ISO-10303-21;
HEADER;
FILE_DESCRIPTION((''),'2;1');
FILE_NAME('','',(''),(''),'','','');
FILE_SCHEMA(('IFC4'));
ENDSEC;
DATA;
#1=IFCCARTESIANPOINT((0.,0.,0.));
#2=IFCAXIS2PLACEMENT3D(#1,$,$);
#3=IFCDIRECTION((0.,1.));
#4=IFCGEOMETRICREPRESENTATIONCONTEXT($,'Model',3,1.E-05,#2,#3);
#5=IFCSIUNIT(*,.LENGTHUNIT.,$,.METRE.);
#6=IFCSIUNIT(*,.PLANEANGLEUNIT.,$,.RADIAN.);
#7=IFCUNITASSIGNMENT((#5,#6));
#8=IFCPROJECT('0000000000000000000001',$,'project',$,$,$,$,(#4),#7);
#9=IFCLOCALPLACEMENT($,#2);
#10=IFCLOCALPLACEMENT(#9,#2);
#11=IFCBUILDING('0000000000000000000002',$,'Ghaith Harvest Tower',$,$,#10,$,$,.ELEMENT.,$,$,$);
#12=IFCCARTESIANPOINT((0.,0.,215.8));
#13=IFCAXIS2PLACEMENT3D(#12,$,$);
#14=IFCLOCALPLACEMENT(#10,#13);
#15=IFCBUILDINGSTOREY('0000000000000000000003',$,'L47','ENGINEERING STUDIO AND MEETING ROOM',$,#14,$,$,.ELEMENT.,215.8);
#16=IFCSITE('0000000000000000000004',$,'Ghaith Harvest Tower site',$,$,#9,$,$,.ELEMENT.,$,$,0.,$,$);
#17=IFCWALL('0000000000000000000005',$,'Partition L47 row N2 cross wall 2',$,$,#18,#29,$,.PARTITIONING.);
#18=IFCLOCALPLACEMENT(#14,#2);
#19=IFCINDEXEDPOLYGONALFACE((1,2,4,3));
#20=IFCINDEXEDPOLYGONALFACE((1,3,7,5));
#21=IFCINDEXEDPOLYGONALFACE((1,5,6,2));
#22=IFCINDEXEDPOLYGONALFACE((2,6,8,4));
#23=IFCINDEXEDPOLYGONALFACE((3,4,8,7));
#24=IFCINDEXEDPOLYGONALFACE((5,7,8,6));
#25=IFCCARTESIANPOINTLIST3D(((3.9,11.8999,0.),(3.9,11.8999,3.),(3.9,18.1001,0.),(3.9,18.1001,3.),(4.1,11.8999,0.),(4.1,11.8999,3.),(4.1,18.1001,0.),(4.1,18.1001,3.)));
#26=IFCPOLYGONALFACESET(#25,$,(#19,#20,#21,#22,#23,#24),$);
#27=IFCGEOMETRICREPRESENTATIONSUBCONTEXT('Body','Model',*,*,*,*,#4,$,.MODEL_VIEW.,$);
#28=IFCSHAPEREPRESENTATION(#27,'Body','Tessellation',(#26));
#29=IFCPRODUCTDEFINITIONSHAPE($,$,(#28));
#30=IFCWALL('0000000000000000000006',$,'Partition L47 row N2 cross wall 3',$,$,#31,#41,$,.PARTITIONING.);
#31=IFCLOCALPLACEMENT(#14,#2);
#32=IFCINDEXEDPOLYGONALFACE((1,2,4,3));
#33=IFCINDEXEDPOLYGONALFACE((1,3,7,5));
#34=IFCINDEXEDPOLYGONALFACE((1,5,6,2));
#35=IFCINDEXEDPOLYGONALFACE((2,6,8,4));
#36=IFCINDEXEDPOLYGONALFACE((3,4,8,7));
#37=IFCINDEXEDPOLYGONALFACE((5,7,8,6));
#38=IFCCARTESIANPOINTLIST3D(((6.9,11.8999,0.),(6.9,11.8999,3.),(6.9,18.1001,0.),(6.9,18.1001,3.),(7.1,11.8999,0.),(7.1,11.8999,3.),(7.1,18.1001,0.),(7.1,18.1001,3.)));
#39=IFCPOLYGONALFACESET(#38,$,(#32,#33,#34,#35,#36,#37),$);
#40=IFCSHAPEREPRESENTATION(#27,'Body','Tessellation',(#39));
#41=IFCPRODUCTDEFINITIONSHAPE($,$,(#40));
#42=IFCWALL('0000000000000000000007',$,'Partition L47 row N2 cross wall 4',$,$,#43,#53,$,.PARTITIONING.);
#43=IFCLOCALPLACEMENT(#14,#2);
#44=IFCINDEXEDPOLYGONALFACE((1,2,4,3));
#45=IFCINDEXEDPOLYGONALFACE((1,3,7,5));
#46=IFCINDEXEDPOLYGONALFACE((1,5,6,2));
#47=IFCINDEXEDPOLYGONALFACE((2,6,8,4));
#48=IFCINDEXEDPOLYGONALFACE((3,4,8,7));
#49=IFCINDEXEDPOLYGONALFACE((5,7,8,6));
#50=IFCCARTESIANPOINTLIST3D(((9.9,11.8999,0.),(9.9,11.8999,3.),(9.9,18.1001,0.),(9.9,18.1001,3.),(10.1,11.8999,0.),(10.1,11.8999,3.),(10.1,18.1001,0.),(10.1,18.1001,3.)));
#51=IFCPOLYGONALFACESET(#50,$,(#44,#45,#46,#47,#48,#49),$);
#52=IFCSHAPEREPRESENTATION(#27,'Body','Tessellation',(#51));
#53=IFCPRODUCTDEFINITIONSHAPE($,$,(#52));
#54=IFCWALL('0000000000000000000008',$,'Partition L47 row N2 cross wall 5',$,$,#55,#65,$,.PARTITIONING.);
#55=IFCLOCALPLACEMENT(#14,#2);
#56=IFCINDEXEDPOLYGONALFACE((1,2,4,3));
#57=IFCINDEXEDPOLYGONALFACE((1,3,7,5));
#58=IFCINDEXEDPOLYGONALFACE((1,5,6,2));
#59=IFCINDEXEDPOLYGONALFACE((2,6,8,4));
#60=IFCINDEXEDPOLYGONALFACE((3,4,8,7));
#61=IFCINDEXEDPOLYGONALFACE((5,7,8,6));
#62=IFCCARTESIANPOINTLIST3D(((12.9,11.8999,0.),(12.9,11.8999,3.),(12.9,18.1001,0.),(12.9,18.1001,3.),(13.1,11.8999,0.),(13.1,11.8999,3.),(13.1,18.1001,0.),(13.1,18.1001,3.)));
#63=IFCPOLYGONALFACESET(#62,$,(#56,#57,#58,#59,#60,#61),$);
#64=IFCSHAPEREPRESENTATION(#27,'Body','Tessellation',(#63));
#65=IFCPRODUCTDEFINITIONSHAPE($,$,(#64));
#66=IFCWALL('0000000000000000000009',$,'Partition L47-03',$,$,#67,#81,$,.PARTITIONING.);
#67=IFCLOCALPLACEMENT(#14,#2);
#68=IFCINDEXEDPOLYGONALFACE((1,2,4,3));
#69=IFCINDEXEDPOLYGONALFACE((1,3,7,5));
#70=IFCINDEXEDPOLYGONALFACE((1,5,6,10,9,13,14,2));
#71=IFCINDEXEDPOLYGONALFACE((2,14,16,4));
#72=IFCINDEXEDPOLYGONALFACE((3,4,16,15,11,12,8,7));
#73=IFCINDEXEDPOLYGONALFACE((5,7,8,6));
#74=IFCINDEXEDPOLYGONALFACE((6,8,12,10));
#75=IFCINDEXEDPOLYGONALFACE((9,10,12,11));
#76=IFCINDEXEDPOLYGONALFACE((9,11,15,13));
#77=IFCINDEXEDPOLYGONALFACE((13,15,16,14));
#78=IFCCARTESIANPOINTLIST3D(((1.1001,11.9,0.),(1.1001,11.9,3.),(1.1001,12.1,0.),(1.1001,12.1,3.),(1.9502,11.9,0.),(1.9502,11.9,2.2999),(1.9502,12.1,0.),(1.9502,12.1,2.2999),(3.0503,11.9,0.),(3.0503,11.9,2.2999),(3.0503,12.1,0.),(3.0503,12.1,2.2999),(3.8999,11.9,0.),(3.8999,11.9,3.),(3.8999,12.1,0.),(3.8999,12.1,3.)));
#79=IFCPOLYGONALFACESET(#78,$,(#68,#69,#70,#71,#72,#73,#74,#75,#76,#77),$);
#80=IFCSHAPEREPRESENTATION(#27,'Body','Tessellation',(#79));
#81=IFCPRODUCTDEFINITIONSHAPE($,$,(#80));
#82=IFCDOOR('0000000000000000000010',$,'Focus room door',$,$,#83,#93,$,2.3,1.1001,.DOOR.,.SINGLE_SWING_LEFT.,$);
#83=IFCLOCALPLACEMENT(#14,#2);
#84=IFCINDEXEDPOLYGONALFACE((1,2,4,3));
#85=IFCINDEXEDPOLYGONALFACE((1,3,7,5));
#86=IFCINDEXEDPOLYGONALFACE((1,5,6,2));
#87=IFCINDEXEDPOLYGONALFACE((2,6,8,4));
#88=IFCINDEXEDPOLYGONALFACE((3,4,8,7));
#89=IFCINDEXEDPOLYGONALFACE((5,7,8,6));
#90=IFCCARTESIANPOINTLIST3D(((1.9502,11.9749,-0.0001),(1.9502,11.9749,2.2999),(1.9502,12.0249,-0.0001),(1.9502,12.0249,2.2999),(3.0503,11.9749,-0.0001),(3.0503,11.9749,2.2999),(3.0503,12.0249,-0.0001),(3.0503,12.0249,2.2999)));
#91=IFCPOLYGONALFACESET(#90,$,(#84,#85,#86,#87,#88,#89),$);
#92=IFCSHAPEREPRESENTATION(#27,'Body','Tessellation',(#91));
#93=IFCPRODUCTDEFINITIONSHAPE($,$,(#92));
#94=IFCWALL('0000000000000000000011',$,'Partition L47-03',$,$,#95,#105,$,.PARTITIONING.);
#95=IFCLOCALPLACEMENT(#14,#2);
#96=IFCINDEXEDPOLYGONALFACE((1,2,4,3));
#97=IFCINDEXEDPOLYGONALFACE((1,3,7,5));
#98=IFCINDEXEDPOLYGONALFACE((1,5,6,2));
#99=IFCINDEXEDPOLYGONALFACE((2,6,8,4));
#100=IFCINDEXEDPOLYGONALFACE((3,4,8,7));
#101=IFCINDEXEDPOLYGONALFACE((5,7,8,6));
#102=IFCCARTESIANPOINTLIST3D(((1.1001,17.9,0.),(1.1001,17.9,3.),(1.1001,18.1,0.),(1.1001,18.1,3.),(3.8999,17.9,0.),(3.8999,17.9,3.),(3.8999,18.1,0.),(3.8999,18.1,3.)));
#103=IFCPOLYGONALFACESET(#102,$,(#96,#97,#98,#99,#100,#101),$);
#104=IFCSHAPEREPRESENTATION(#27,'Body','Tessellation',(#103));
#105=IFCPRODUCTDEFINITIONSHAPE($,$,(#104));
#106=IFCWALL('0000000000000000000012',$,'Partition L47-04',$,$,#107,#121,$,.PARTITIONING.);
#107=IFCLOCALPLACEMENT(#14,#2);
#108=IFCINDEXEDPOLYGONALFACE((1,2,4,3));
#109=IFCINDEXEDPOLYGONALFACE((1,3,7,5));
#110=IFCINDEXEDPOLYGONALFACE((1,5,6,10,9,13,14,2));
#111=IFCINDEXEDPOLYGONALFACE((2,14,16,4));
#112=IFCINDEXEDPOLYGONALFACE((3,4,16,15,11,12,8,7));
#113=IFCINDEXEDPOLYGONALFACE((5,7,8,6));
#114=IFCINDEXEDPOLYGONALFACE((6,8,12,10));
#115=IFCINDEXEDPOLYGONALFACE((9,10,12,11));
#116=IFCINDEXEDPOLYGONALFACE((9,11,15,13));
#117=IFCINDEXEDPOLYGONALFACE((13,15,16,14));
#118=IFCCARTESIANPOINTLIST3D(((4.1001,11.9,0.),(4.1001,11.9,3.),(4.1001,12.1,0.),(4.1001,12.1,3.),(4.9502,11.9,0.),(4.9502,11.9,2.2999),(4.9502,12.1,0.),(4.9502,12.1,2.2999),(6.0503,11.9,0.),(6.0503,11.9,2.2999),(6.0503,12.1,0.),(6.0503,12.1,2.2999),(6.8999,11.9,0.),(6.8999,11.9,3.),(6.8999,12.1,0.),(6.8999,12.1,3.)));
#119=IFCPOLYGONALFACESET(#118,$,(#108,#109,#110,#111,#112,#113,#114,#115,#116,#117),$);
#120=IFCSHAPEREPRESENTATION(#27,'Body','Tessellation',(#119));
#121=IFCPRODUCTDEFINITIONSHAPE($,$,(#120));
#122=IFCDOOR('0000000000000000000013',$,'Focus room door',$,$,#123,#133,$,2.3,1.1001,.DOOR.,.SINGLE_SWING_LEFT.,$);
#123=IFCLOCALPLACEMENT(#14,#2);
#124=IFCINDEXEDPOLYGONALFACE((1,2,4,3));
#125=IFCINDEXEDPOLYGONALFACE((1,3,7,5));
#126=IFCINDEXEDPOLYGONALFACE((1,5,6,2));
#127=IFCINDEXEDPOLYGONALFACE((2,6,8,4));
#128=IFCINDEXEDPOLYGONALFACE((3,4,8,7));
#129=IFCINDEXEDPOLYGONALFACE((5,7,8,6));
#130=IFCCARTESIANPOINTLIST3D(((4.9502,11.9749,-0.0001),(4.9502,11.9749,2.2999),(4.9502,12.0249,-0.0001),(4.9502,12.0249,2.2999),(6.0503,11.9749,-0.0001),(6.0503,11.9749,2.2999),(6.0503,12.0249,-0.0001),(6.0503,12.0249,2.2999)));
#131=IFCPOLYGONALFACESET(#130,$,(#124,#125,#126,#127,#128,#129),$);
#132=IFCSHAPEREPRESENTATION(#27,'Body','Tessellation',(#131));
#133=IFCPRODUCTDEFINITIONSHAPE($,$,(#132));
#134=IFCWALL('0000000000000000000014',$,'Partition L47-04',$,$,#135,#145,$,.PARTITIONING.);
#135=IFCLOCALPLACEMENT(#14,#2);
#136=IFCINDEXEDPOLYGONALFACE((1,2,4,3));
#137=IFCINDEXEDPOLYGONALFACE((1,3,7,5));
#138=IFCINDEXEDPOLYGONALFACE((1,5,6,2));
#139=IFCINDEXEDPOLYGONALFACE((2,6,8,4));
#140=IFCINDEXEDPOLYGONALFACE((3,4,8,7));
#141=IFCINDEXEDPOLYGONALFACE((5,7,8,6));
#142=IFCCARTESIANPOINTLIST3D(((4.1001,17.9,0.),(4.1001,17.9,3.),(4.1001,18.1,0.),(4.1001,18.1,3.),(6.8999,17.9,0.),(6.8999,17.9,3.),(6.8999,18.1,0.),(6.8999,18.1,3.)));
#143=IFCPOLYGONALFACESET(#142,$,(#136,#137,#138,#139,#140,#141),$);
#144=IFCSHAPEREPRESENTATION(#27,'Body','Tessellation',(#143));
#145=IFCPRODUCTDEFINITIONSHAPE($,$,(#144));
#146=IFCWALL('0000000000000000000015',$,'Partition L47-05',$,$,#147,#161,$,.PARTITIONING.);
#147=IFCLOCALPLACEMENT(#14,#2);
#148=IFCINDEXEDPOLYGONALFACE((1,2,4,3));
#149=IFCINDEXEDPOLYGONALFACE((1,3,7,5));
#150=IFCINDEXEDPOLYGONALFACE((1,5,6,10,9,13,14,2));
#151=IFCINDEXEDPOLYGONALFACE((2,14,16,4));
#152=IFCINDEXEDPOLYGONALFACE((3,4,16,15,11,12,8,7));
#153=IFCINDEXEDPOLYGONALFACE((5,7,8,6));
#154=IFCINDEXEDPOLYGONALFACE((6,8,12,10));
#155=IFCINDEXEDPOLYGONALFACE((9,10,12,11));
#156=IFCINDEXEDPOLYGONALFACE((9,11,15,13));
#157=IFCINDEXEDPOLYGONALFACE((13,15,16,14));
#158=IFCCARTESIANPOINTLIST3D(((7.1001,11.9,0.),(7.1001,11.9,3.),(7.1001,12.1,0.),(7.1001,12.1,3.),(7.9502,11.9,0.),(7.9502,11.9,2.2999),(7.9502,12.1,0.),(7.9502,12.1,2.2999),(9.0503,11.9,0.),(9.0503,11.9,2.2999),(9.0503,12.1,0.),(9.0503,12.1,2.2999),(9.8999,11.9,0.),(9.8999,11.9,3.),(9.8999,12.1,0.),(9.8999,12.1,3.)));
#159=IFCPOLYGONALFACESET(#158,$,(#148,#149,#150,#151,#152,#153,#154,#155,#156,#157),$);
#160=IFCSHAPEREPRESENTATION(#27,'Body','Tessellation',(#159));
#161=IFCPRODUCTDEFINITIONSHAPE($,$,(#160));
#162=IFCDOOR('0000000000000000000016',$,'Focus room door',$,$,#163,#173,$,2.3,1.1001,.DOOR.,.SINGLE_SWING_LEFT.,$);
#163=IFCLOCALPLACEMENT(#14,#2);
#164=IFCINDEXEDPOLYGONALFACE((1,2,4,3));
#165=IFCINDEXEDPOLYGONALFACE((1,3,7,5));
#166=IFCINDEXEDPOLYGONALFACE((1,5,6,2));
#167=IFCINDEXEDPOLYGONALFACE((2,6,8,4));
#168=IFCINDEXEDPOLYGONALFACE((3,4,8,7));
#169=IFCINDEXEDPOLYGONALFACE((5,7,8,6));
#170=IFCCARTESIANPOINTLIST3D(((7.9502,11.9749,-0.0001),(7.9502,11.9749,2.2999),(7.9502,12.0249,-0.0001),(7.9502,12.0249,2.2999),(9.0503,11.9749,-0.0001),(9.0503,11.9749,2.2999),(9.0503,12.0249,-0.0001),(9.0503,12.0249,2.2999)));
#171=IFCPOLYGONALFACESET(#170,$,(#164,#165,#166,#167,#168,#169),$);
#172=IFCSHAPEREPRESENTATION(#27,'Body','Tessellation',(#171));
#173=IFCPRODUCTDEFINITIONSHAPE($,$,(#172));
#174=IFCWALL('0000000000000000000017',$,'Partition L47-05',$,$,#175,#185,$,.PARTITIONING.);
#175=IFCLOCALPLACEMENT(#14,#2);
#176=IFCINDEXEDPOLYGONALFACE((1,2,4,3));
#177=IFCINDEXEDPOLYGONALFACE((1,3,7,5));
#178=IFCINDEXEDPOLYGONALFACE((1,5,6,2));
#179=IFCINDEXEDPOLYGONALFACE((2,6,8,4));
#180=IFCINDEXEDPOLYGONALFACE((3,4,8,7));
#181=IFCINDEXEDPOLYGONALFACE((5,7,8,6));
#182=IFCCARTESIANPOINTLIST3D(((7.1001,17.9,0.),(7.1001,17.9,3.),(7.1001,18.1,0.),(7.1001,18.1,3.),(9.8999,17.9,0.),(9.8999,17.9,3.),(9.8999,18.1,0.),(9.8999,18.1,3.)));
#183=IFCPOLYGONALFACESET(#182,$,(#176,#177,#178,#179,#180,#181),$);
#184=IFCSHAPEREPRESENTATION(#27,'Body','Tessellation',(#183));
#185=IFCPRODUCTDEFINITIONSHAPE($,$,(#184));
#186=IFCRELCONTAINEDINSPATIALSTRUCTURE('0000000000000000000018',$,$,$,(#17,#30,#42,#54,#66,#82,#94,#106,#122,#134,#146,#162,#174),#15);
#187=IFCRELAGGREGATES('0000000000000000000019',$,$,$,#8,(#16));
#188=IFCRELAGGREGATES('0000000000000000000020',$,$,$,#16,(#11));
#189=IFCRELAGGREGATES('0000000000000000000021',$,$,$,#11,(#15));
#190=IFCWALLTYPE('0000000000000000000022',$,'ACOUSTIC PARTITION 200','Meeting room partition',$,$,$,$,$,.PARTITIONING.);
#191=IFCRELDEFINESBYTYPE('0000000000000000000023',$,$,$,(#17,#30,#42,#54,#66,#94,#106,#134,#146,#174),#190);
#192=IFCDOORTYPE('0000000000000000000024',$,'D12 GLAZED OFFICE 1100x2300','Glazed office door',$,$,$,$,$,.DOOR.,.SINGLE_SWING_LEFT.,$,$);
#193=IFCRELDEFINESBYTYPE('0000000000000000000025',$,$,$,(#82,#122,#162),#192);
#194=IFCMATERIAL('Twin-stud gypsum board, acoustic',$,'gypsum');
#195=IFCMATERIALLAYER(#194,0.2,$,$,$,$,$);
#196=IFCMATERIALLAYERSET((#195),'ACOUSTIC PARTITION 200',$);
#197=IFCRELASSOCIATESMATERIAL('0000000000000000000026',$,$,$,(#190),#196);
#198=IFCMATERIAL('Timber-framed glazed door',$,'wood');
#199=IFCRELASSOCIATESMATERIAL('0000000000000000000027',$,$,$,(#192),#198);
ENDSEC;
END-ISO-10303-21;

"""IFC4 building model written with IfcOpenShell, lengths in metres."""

from ifc_helpers import new_model, si_unit, direction, frame, frame_2d, origin, place, context, subcontext, project, spatial, rectangle, extrude, material, layer, layer_set, type_object, element, fill, save


model = new_model("IFC4")

# Units and contexts
model_context = context("Model", 3, precision=1e-05, world=origin(), true_north=direction((0.0, 1.0)))
body_context = subcontext(model_context, "Body", "Model", "MODEL_VIEW")
ifc_project = project(units=[si_unit("LENGTHUNIT", "METRE"), si_unit("PLANEANGLEUNIT", "RADIAN")], contexts=[model_context])

# Site, building, storey
site_placement = place(None, origin())
site = spatial("IfcSite", under=ifc_project, at=site_placement, Name="Ghaith Harvest Tower site", CompositionType="ELEMENT", RefElevation=0.0)
building_placement = place(site_placement, origin())
building = spatial("IfcBuilding", under=site, at=building_placement, Name="Ghaith Harvest Tower", CompositionType="ELEMENT")
storey_placement = place(building_placement, frame((0.0, 0.0, 215.8)))
storey = spatial("IfcBuildingStorey", under=building, at=storey_placement, Name="L47", Description="ENGINEERING STUDIO AND MEETING ROOM", CompositionType="ELEMENT", Elevation=215.8)

# Walls
ifc_material_1 = material(Name="Twin-stud gypsum board, acoustic", Category="gypsum")
ifc_layer_1 = layer(ifc_material_1, 0.2)
ifc_layer_set_1 = layer_set([ifc_layer_1], Name="ACOUSTIC PARTITION 200")
wall_type = type_object("IfcWallType", Name="ACOUSTIC PARTITION 200", Description="Meeting room partition", PredefinedType="PARTITIONING", material=ifc_layer_set_1)
for number, where, z_axis, x_axis, name in (
    (1, (4.0, 11.8999, 0.0), (0.0, 0.0, 1.0), (0.0, 1.0, 0.0), "Partition L47 row N2 cross wall 2"),
    (2, (7.0, 11.8999, 0.0), (0.0, 0.0, 1.0), (0.0, 1.0, 0.0), "Partition L47 row N2 cross wall 3"),
    (3, (10.0, 11.8999, 0.0), (0.0, 0.0, 1.0), (0.0, 1.0, 0.0), "Partition L47 row N2 cross wall 4"),
    (4, (13.0, 11.8999, 0.0), (0.0, 0.0, 1.0), (0.0, 1.0, 0.0), "Partition L47 row N2 cross wall 5"),
):
    element("IfcWall", number, at=place(storey_placement, frame(where, z_axis=z_axis, x_axis=x_axis)), inside=storey, type_object=wall_type, Name=name, PredefinedType="PARTITIONING", context=body_context, shape_type="SweptSolid", body=[
        extrude(rectangle(XDim=6.2002, YDim=0.2, at=frame_2d((3.1001, 0.0))), origin(), (0.0, 0.0, 1.0), 3.0),
    ])

# Wall, opening, door
wall_1_placement = place(storey_placement, frame((1.1001, 12.0, 0.0), z_axis=(0.0, 0.0, 1.0), x_axis=(1.0, 0.0, 0.0)))
wall_1 = element("IfcWall", 5, at=wall_1_placement, inside=storey, type_object=wall_type, Name="Partition L47-03", PredefinedType="PARTITIONING", context=body_context, shape_type="SweptSolid", body=[
    extrude(rectangle(XDim=2.7998, YDim=0.2, at=frame_2d((1.3999, 0.0))), origin(), (0.0, 0.0, 1.0), 3.0),
])
opening_1_placement = place(wall_1_placement, frame((0.8501, 0.0, 0.0)))
opening_1 = element("IfcOpeningElement", 6, at=opening_1_placement, cuts=wall_1, PredefinedType="OPENING", context=body_context, shape_type="SweptSolid", body=[
    extrude(rectangle(XDim=1.1001, YDim=2.3, at=frame_2d((0.55, 1.1499))), frame((0.0, 0.1099, 0.0), z_axis=(0.0, -1.0, 0.0), x_axis=(1.0, 0.0, 0.0)), (0.0, 0.0, 1.0), 0.22),
])
ifc_material_2 = material(Name="Timber-framed glazed door", Category="wood")
door_type = type_object("IfcDoorType", Name="D12 GLAZED OFFICE 1100x2300", Description="Glazed office door", OperationType="SINGLE_SWING_LEFT", PredefinedType="DOOR", material=ifc_material_2)
door_1_placement = place(opening_1_placement, origin())
door_1 = element("IfcDoor", 7, at=door_1_placement, inside=storey, type_object=door_type, Name="Focus room door", OperationType="SINGLE_SWING_LEFT", OverallHeight=2.3, OverallWidth=1.1001, PredefinedType="DOOR", context=body_context, shape_type="SweptSolid", body=[
    extrude(rectangle(XDim=1.1001, YDim=2.3, at=frame_2d((0.55, 1.1499))), frame((0.0, 0.0249, 0.0), z_axis=(0.0, -1.0, 0.0), x_axis=(1.0, 0.0, 0.0)), (0.0, 0.0, 1.0), 0.05),
])
fill(opening_1, door_1)

# Wall
wall_2_placement = place(storey_placement, frame((1.1001, 18.0, 0.0), z_axis=(0.0, 0.0, 1.0), x_axis=(1.0, 0.0, 0.0)))
element("IfcWall", 8, at=wall_2_placement, inside=storey, type_object=wall_type, Name="Partition L47-03", PredefinedType="PARTITIONING", context=body_context, shape_type="SweptSolid", body=[
    extrude(rectangle(XDim=2.7998, YDim=0.2, at=frame_2d((1.3999, 0.0))), origin(), (0.0, 0.0, 1.0), 3.0),
])

# Wall, opening, door
wall_3_placement = place(storey_placement, frame((4.1001, 12.0, 0.0), z_axis=(0.0, 0.0, 1.0), x_axis=(1.0, 0.0, 0.0)))
wall_3 = element("IfcWall", 9, at=wall_3_placement, inside=storey, type_object=wall_type, Name="Partition L47-04", PredefinedType="PARTITIONING", context=body_context, shape_type="SweptSolid", body=[
    extrude(rectangle(XDim=2.7998, YDim=0.2, at=frame_2d((1.3999, 0.0))), origin(), (0.0, 0.0, 1.0), 3.0),
])
opening_2_placement = place(wall_3_placement, frame((0.8501, 0.0, 0.0)))
opening_2 = element("IfcOpeningElement", 10, at=opening_2_placement, cuts=wall_3, PredefinedType="OPENING", context=body_context, shape_type="SweptSolid", body=[
    extrude(rectangle(XDim=1.1001, YDim=2.3, at=frame_2d((0.55, 1.1499))), frame((0.0, 0.1099, 0.0), z_axis=(0.0, -1.0, 0.0), x_axis=(1.0, 0.0, 0.0)), (0.0, 0.0, 1.0), 0.22),
])
door_2_placement = place(opening_2_placement, origin())
door_2 = element("IfcDoor", 11, at=door_2_placement, inside=storey, type_object=door_type, Name="Focus room door", OperationType="SINGLE_SWING_LEFT", OverallHeight=2.3, OverallWidth=1.1001, PredefinedType="DOOR", context=body_context, shape_type="SweptSolid", body=[
    extrude(rectangle(XDim=1.1001, YDim=2.3, at=frame_2d((0.55, 1.1499))), frame((0.0, 0.0249, 0.0), z_axis=(0.0, -1.0, 0.0), x_axis=(1.0, 0.0, 0.0)), (0.0, 0.0, 1.0), 0.05),
])
fill(opening_2, door_2)

# Wall
wall_4_placement = place(storey_placement, frame((4.1001, 18.0, 0.0), z_axis=(0.0, 0.0, 1.0), x_axis=(1.0, 0.0, 0.0)))
element("IfcWall", 12, at=wall_4_placement, inside=storey, type_object=wall_type, Name="Partition L47-04", PredefinedType="PARTITIONING", context=body_context, shape_type="SweptSolid", body=[
    extrude(rectangle(XDim=2.7998, YDim=0.2, at=frame_2d((1.3999, 0.0))), origin(), (0.0, 0.0, 1.0), 3.0),
])

# Wall, opening, door
wall_5_placement = place(storey_placement, frame((7.1001, 12.0, 0.0), z_axis=(0.0, 0.0, 1.0), x_axis=(1.0, 0.0, 0.0)))
wall_5 = element("IfcWall", 13, at=wall_5_placement, inside=storey, type_object=wall_type, Name="Partition L47-05", PredefinedType="PARTITIONING", context=body_context, shape_type="SweptSolid", body=[
    extrude(rectangle(XDim=2.7998, YDim=0.2, at=frame_2d((1.3999, 0.0))), origin(), (0.0, 0.0, 1.0), 3.0),
])
opening_3_placement = place(wall_5_placement, frame((0.8501, 0.0, 0.0)))
opening_3 = element("IfcOpeningElement", 14, at=opening_3_placement, cuts=wall_5, PredefinedType="OPENING", context=body_context, shape_type="SweptSolid", body=[
    extrude(rectangle(XDim=1.1001, YDim=2.3, at=frame_2d((0.55, 1.1499))), frame((0.0, 0.1099, 0.0), z_axis=(0.0, -1.0, 0.0), x_axis=(1.0, 0.0, 0.0)), (0.0, 0.0, 1.0), 0.22),
])
door_3_placement = place(opening_3_placement, origin())
door_3 = element("IfcDoor", 15, at=door_3_placement, inside=storey, type_object=door_type, Name="Focus room door", OperationType="SINGLE_SWING_LEFT", OverallHeight=2.3, OverallWidth=1.1001, PredefinedType="DOOR", context=body_context, shape_type="SweptSolid", body=[
    extrude(rectangle(XDim=1.1001, YDim=2.3, at=frame_2d((0.55, 1.1499))), frame((0.0, 0.0249, 0.0), z_axis=(0.0, -1.0, 0.0), x_axis=(1.0, 0.0, 0.0)), (0.0, 0.0, 1.0), 0.05),
])
fill(opening_3, door_3)

# Wall
wall_6_placement = place(storey_placement, frame((7.1001, 18.0, 0.0), z_axis=(0.0, 0.0, 1.0), x_axis=(1.0, 0.0, 0.0)))
element("IfcWall", 16, at=wall_6_placement, inside=storey, type_object=wall_type, Name="Partition L47-05", PredefinedType="PARTITIONING", context=body_context, shape_type="SweptSolid", body=[
    extrude(rectangle(XDim=2.7998, YDim=0.2, at=frame_2d((1.3999, 0.0))), origin(), (0.0, 0.0, 1.0), 3.0),
])

save(model, "model.ifc")
